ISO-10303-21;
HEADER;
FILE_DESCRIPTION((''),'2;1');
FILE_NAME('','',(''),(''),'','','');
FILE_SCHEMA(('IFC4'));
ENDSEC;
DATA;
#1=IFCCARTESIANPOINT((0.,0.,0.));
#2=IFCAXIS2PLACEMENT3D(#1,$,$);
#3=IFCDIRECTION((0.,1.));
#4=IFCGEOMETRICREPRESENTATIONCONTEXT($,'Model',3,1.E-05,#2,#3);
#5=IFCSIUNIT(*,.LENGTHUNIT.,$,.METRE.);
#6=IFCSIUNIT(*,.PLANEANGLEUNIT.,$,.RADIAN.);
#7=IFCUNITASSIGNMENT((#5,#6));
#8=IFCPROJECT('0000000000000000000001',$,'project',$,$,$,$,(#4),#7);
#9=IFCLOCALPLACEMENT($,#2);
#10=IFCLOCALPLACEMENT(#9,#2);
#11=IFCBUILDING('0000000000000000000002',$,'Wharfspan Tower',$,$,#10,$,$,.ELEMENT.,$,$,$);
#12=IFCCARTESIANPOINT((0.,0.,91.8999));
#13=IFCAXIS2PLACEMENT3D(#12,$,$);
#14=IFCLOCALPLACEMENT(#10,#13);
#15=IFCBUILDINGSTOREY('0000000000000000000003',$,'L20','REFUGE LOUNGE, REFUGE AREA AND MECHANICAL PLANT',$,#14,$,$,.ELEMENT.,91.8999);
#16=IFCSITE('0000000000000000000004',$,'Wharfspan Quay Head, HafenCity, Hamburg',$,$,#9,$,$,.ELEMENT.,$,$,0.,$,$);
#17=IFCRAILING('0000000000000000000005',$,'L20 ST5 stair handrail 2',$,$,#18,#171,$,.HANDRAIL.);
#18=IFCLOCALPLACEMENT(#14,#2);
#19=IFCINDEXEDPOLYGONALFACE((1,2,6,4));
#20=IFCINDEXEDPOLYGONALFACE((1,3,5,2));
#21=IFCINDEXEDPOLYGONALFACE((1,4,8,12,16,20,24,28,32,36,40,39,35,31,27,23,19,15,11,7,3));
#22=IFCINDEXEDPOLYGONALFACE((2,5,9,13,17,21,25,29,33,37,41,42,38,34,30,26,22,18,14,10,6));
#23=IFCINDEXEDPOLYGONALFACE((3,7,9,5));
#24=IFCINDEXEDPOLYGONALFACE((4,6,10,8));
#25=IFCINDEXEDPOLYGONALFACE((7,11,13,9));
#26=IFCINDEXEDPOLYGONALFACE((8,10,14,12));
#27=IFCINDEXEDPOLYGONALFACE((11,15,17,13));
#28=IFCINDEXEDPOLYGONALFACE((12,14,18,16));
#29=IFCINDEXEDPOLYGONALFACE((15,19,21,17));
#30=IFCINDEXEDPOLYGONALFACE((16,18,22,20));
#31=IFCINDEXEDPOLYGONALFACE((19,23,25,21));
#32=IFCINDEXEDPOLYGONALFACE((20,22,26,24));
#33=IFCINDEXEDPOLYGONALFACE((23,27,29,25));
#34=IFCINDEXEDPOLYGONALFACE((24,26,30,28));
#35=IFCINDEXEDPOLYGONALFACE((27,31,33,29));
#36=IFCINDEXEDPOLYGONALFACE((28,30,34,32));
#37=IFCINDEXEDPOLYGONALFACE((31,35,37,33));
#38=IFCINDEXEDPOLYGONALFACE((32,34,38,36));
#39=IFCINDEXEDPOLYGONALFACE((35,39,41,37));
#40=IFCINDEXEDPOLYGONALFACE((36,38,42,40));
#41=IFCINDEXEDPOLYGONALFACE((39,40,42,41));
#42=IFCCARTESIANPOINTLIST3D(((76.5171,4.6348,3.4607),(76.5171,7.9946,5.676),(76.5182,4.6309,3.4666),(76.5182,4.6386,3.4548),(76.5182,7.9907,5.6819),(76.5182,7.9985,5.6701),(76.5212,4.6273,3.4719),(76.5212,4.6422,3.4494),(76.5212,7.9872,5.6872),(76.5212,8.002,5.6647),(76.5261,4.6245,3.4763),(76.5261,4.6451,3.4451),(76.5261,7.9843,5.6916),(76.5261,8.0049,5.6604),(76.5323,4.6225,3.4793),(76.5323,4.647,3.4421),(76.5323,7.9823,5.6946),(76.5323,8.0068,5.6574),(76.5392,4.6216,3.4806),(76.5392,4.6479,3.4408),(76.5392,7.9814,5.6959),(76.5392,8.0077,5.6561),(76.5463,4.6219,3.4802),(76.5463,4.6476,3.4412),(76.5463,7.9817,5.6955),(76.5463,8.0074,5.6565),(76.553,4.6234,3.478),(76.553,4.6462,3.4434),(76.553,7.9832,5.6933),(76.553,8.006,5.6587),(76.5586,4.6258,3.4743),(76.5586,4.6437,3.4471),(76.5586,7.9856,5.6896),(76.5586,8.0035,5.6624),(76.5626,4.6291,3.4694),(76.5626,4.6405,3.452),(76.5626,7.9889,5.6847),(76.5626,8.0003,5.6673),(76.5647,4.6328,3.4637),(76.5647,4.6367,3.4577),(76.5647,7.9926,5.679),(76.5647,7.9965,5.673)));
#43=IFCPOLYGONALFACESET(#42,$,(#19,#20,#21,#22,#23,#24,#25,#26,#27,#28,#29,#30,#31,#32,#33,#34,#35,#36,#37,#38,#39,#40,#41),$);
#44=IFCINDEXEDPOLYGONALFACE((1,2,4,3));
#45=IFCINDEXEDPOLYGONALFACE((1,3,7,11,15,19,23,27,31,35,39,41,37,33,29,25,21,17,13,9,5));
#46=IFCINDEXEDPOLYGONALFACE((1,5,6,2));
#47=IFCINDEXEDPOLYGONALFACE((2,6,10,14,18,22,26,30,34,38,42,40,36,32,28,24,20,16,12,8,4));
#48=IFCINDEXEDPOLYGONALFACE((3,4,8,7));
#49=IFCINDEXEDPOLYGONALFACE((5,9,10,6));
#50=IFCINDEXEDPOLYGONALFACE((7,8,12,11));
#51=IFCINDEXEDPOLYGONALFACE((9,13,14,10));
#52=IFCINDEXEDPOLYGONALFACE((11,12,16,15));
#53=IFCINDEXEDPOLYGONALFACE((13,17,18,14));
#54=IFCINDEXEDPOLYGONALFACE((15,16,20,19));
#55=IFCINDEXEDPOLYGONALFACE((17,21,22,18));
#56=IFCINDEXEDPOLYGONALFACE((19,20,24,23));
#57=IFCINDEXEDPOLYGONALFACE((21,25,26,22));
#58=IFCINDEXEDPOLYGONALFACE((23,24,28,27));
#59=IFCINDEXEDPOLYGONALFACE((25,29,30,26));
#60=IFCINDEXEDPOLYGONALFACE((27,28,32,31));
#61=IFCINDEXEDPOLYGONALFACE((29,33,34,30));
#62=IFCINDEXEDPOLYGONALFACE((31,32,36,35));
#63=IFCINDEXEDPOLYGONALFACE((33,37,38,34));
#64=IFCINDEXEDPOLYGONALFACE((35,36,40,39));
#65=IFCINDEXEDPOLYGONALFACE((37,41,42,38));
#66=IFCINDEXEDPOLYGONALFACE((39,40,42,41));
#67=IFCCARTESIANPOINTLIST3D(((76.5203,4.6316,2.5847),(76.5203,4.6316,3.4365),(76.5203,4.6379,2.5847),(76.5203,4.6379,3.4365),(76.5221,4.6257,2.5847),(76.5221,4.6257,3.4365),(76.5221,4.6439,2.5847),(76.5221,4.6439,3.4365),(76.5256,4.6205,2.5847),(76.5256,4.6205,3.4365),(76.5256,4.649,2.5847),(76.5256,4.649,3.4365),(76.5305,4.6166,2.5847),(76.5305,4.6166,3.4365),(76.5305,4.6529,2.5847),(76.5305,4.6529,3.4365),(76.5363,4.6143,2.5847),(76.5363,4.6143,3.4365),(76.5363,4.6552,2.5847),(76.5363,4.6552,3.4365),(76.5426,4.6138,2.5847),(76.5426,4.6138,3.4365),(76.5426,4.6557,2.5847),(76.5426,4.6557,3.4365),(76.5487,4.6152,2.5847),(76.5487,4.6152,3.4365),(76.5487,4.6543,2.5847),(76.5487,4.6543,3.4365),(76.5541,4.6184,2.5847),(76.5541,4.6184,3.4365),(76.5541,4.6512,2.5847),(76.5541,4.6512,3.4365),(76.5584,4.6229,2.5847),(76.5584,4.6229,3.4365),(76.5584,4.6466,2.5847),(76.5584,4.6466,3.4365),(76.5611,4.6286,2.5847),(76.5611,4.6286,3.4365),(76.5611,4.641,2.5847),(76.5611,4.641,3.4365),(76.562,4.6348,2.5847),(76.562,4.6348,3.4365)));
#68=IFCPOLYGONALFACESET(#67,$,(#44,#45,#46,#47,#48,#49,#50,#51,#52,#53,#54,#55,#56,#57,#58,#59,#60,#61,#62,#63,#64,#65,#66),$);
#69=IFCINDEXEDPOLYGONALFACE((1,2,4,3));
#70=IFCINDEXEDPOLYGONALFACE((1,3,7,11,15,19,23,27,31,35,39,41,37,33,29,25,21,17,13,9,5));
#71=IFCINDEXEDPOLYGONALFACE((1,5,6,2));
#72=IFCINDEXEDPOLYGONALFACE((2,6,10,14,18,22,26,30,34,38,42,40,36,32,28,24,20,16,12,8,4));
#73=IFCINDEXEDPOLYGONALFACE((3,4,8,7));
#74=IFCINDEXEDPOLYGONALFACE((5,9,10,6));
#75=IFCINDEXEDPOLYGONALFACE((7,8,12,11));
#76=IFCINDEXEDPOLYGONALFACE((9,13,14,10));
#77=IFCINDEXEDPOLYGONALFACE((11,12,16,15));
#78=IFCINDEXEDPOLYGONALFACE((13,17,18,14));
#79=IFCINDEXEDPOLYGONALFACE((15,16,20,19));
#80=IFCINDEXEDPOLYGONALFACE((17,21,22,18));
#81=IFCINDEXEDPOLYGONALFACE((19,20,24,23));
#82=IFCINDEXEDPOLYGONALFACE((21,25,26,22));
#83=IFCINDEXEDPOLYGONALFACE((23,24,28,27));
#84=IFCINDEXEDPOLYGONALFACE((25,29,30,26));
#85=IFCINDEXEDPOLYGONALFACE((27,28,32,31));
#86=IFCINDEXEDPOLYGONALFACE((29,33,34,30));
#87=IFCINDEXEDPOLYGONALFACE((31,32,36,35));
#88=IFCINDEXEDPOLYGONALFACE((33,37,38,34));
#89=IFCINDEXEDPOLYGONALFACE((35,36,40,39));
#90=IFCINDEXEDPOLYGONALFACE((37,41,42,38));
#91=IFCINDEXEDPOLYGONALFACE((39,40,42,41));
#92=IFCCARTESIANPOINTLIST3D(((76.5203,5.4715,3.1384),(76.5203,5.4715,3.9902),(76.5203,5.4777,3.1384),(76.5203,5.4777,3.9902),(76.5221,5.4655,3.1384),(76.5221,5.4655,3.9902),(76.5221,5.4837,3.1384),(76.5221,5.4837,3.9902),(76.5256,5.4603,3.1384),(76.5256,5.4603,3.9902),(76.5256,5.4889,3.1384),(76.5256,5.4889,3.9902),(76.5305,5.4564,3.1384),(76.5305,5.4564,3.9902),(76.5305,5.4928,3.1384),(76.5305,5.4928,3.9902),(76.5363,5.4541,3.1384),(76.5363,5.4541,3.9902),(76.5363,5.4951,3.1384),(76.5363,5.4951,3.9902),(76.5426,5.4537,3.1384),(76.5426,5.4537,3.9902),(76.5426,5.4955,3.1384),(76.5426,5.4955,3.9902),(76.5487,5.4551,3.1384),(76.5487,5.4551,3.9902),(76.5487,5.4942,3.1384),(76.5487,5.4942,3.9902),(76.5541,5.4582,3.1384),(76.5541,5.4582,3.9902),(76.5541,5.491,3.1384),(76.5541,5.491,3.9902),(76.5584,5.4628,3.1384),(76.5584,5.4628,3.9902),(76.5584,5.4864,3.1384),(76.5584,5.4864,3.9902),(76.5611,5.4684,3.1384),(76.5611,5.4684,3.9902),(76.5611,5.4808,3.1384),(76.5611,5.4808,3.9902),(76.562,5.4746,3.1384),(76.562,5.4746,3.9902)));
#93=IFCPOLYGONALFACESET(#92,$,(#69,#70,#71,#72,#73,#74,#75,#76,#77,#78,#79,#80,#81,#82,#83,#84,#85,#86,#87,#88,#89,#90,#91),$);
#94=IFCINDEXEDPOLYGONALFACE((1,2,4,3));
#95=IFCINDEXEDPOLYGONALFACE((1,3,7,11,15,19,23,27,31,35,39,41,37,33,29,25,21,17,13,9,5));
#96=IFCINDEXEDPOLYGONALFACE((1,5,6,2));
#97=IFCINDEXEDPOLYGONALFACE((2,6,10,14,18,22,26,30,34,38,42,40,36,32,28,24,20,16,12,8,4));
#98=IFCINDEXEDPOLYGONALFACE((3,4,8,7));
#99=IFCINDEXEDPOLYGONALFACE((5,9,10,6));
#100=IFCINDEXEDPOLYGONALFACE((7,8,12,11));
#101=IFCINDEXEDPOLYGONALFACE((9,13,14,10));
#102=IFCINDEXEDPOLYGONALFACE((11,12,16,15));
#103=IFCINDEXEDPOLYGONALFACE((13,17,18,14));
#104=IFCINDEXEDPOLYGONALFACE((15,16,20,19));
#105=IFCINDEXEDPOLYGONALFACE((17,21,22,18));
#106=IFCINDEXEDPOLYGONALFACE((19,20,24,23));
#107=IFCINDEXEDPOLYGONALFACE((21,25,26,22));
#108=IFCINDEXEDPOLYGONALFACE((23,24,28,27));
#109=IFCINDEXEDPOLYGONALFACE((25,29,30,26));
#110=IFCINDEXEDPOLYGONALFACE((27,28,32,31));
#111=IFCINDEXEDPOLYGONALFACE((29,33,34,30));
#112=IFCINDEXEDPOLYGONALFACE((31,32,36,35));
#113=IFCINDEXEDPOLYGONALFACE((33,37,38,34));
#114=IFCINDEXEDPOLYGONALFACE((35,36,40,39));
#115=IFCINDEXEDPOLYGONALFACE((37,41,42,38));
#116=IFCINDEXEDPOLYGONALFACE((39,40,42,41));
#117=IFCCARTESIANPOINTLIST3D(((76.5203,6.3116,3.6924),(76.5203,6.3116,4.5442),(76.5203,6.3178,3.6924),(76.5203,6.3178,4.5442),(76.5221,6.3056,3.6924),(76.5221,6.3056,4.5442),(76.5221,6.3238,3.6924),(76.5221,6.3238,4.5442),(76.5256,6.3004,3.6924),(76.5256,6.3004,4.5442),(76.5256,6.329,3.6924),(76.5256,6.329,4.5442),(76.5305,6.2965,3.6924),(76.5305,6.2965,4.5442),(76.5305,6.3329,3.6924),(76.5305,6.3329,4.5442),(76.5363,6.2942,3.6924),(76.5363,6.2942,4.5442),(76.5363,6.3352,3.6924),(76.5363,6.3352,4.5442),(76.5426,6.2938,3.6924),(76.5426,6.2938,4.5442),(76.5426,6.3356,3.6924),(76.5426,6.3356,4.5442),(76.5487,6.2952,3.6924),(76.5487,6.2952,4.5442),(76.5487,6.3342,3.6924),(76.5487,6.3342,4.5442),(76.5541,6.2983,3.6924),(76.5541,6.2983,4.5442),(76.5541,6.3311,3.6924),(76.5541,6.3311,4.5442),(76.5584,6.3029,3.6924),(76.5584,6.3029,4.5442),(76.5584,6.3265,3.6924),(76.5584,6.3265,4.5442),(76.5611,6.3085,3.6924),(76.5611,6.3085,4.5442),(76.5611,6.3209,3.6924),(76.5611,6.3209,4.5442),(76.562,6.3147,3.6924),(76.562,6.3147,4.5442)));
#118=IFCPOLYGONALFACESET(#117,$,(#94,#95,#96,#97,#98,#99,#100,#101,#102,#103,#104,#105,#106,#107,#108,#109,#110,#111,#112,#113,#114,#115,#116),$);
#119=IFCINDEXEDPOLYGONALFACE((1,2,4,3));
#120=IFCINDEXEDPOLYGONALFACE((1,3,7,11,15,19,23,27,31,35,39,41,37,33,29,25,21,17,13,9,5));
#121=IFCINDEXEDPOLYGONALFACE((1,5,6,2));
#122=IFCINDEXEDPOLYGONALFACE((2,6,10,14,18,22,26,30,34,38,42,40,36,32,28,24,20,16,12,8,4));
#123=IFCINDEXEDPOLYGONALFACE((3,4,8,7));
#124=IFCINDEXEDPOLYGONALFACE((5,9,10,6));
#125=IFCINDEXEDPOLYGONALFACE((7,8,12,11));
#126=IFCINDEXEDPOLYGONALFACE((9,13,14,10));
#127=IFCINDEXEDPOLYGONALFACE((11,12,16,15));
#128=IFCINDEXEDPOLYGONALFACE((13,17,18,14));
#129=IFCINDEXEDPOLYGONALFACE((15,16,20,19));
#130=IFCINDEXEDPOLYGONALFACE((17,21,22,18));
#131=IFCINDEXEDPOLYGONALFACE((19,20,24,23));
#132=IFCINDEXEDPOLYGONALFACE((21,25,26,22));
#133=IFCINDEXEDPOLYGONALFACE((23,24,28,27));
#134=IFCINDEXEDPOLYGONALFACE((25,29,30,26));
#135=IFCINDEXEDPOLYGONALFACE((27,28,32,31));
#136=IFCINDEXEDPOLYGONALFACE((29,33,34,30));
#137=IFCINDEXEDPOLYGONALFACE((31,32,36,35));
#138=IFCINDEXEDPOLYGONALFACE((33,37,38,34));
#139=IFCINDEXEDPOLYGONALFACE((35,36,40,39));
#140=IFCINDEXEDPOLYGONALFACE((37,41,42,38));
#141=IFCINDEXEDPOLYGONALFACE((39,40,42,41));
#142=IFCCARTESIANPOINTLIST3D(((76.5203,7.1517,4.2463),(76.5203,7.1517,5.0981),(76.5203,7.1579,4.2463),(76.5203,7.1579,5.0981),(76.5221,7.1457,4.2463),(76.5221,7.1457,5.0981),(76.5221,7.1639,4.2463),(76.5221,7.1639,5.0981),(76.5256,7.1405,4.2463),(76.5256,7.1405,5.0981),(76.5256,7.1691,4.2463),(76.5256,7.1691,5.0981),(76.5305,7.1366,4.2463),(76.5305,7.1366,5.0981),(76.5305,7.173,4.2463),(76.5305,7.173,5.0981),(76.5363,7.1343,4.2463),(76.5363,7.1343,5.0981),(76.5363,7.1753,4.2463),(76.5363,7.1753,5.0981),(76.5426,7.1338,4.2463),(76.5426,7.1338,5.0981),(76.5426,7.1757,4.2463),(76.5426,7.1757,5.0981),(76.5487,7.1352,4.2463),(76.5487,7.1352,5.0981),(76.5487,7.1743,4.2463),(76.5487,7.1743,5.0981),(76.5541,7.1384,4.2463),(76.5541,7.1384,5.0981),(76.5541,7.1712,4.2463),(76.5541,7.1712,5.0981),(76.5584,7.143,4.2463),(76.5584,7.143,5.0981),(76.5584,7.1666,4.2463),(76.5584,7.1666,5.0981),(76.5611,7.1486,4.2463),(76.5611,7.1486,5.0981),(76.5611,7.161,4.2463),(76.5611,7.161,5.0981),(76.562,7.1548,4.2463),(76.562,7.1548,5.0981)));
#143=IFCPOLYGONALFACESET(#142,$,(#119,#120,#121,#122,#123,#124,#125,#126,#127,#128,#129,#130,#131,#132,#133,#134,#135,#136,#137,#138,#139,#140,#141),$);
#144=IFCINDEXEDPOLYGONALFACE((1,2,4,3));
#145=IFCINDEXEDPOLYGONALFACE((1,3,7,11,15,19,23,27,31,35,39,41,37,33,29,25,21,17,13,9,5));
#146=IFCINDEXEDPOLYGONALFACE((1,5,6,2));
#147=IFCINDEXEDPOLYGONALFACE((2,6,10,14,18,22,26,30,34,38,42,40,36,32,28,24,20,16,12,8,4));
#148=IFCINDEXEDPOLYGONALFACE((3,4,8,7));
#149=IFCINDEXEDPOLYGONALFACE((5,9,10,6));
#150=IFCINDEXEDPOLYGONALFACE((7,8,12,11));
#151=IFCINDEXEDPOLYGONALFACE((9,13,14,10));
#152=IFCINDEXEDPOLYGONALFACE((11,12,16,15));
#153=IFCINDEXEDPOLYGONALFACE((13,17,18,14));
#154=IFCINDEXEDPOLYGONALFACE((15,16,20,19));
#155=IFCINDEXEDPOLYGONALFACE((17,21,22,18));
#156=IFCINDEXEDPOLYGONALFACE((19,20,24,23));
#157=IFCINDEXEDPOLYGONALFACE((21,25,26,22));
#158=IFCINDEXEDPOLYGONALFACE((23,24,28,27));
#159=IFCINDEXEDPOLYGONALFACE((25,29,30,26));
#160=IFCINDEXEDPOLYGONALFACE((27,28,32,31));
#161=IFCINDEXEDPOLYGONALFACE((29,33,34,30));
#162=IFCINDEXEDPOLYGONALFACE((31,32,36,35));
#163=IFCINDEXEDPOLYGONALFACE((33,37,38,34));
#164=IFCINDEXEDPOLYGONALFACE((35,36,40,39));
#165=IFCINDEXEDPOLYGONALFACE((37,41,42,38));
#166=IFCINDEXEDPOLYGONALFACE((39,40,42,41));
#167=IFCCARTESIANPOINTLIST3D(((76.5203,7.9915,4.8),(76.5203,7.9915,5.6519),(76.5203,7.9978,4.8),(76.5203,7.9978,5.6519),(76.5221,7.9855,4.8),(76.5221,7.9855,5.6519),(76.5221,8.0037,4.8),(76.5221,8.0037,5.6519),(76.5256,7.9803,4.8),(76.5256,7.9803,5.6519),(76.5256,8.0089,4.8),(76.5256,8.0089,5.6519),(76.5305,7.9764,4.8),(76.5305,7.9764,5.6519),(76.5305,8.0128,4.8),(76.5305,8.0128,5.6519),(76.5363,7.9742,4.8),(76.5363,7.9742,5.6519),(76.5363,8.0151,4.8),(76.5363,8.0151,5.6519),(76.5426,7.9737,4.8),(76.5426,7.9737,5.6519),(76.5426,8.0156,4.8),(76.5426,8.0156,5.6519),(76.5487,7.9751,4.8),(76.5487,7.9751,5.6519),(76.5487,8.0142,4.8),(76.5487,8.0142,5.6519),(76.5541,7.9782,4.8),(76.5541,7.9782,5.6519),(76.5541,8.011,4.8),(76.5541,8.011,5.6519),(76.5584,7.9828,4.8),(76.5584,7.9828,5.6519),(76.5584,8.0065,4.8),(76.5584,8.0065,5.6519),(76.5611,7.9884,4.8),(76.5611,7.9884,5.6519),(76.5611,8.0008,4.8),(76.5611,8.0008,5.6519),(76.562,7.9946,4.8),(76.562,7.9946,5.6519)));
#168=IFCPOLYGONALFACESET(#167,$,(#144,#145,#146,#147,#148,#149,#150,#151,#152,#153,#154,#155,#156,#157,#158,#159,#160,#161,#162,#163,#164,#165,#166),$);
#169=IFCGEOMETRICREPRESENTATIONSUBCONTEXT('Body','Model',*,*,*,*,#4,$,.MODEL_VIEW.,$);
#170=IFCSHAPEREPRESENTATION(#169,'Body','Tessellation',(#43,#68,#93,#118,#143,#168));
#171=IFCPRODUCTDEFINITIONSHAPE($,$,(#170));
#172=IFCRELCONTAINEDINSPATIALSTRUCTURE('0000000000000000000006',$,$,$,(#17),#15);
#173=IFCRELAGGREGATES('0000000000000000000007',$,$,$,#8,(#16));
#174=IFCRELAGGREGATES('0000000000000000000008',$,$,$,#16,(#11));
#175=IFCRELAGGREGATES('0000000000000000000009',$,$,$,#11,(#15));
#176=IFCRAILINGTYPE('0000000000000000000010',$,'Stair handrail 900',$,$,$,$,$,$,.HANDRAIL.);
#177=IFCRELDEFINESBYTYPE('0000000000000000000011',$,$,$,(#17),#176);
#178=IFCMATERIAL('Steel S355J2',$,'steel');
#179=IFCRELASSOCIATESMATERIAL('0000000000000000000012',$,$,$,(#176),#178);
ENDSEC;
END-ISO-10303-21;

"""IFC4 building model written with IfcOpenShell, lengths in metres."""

from ifc_helpers import new_model, si_unit, direction, frame, origin, origin_2d, place, context, subcontext, project, spatial, circle, extrude, material, type_object, element, save


model = new_model("IFC4")

# Units and contexts
model_context = context("Model", 3, precision=1e-05, world=origin(), true_north=direction((0.0, 1.0)))
body_context = subcontext(model_context, "Body", "Model", "MODEL_VIEW")
ifc_project = project(units=[si_unit("LENGTHUNIT", "METRE"), si_unit("PLANEANGLEUNIT", "RADIAN")], contexts=[model_context])

# Site, building, storey
site_placement = place(None, origin())
site = spatial("IfcSite", under=ifc_project, at=site_placement, Name="Wharfspan Quay Head, HafenCity, Hamburg", CompositionType="ELEMENT", RefElevation=0.0)
building_placement = place(site_placement, origin())
building = spatial("IfcBuilding", under=site, at=building_placement, Name="Wharfspan Tower", CompositionType="ELEMENT")
storey_placement = place(building_placement, frame((0.0, 0.0, 91.8999)))
storey = spatial("IfcBuildingStorey", under=building, at=storey_placement, Name="L20", Description="REFUGE LOUNGE, REFUGE AREA AND MECHANICAL PLANT", CompositionType="ELEMENT", Elevation=91.8999)

# Shared definitions
ifc_material_1 = material(Name="Steel S355J2", Category="steel")

# Railing
railing_type_1 = type_object("IfcRailingType", Name="Stair handrail 900", PredefinedType="HANDRAIL", material=ifc_material_1)
railing_1_placement = place(storey_placement, frame((76.541, 4.6348, 2.5847)))
element("IfcRailing", 1, at=railing_1_placement, inside=storey, type_object=railing_type_1, Name="L20 ST5 stair handrail 2", PredefinedType="HANDRAIL", context=body_context, shape_type="SweptSolid", body=[
    extrude(circle(Radius=0.0239, at=origin_2d()), frame((0.0, 0.0, 0.876), z_axis=(0.0, 0.834858, 0.550465), x_axis=(-1.0, 0.0, 0.0)), (0.0, 0.0, 1.0), 4.0244),
    extrude(circle(Radius=0.021, at=origin_2d()), origin(), (0.0, 0.0, 1.0), 0.8518),
    extrude(circle(Radius=0.021, at=origin_2d()), frame((0.0, 0.8398, 0.5537)), (0.0, 0.0, 1.0), 0.8518),
    extrude(circle(Radius=0.021, at=origin_2d()), frame((0.0, 1.6799, 1.1077)), (0.0, 0.0, 1.0), 0.8518),
    extrude(circle(Radius=0.021, at=origin_2d()), frame((0.0, 2.52, 1.6616)), (0.0, 0.0, 1.0), 0.8518),
    extrude(circle(Radius=0.021, at=origin_2d()), frame((0.0, 3.3599, 2.2153)), (0.0, 0.0, 1.0), 0.8518),
])

save(model, "model.ifc")
